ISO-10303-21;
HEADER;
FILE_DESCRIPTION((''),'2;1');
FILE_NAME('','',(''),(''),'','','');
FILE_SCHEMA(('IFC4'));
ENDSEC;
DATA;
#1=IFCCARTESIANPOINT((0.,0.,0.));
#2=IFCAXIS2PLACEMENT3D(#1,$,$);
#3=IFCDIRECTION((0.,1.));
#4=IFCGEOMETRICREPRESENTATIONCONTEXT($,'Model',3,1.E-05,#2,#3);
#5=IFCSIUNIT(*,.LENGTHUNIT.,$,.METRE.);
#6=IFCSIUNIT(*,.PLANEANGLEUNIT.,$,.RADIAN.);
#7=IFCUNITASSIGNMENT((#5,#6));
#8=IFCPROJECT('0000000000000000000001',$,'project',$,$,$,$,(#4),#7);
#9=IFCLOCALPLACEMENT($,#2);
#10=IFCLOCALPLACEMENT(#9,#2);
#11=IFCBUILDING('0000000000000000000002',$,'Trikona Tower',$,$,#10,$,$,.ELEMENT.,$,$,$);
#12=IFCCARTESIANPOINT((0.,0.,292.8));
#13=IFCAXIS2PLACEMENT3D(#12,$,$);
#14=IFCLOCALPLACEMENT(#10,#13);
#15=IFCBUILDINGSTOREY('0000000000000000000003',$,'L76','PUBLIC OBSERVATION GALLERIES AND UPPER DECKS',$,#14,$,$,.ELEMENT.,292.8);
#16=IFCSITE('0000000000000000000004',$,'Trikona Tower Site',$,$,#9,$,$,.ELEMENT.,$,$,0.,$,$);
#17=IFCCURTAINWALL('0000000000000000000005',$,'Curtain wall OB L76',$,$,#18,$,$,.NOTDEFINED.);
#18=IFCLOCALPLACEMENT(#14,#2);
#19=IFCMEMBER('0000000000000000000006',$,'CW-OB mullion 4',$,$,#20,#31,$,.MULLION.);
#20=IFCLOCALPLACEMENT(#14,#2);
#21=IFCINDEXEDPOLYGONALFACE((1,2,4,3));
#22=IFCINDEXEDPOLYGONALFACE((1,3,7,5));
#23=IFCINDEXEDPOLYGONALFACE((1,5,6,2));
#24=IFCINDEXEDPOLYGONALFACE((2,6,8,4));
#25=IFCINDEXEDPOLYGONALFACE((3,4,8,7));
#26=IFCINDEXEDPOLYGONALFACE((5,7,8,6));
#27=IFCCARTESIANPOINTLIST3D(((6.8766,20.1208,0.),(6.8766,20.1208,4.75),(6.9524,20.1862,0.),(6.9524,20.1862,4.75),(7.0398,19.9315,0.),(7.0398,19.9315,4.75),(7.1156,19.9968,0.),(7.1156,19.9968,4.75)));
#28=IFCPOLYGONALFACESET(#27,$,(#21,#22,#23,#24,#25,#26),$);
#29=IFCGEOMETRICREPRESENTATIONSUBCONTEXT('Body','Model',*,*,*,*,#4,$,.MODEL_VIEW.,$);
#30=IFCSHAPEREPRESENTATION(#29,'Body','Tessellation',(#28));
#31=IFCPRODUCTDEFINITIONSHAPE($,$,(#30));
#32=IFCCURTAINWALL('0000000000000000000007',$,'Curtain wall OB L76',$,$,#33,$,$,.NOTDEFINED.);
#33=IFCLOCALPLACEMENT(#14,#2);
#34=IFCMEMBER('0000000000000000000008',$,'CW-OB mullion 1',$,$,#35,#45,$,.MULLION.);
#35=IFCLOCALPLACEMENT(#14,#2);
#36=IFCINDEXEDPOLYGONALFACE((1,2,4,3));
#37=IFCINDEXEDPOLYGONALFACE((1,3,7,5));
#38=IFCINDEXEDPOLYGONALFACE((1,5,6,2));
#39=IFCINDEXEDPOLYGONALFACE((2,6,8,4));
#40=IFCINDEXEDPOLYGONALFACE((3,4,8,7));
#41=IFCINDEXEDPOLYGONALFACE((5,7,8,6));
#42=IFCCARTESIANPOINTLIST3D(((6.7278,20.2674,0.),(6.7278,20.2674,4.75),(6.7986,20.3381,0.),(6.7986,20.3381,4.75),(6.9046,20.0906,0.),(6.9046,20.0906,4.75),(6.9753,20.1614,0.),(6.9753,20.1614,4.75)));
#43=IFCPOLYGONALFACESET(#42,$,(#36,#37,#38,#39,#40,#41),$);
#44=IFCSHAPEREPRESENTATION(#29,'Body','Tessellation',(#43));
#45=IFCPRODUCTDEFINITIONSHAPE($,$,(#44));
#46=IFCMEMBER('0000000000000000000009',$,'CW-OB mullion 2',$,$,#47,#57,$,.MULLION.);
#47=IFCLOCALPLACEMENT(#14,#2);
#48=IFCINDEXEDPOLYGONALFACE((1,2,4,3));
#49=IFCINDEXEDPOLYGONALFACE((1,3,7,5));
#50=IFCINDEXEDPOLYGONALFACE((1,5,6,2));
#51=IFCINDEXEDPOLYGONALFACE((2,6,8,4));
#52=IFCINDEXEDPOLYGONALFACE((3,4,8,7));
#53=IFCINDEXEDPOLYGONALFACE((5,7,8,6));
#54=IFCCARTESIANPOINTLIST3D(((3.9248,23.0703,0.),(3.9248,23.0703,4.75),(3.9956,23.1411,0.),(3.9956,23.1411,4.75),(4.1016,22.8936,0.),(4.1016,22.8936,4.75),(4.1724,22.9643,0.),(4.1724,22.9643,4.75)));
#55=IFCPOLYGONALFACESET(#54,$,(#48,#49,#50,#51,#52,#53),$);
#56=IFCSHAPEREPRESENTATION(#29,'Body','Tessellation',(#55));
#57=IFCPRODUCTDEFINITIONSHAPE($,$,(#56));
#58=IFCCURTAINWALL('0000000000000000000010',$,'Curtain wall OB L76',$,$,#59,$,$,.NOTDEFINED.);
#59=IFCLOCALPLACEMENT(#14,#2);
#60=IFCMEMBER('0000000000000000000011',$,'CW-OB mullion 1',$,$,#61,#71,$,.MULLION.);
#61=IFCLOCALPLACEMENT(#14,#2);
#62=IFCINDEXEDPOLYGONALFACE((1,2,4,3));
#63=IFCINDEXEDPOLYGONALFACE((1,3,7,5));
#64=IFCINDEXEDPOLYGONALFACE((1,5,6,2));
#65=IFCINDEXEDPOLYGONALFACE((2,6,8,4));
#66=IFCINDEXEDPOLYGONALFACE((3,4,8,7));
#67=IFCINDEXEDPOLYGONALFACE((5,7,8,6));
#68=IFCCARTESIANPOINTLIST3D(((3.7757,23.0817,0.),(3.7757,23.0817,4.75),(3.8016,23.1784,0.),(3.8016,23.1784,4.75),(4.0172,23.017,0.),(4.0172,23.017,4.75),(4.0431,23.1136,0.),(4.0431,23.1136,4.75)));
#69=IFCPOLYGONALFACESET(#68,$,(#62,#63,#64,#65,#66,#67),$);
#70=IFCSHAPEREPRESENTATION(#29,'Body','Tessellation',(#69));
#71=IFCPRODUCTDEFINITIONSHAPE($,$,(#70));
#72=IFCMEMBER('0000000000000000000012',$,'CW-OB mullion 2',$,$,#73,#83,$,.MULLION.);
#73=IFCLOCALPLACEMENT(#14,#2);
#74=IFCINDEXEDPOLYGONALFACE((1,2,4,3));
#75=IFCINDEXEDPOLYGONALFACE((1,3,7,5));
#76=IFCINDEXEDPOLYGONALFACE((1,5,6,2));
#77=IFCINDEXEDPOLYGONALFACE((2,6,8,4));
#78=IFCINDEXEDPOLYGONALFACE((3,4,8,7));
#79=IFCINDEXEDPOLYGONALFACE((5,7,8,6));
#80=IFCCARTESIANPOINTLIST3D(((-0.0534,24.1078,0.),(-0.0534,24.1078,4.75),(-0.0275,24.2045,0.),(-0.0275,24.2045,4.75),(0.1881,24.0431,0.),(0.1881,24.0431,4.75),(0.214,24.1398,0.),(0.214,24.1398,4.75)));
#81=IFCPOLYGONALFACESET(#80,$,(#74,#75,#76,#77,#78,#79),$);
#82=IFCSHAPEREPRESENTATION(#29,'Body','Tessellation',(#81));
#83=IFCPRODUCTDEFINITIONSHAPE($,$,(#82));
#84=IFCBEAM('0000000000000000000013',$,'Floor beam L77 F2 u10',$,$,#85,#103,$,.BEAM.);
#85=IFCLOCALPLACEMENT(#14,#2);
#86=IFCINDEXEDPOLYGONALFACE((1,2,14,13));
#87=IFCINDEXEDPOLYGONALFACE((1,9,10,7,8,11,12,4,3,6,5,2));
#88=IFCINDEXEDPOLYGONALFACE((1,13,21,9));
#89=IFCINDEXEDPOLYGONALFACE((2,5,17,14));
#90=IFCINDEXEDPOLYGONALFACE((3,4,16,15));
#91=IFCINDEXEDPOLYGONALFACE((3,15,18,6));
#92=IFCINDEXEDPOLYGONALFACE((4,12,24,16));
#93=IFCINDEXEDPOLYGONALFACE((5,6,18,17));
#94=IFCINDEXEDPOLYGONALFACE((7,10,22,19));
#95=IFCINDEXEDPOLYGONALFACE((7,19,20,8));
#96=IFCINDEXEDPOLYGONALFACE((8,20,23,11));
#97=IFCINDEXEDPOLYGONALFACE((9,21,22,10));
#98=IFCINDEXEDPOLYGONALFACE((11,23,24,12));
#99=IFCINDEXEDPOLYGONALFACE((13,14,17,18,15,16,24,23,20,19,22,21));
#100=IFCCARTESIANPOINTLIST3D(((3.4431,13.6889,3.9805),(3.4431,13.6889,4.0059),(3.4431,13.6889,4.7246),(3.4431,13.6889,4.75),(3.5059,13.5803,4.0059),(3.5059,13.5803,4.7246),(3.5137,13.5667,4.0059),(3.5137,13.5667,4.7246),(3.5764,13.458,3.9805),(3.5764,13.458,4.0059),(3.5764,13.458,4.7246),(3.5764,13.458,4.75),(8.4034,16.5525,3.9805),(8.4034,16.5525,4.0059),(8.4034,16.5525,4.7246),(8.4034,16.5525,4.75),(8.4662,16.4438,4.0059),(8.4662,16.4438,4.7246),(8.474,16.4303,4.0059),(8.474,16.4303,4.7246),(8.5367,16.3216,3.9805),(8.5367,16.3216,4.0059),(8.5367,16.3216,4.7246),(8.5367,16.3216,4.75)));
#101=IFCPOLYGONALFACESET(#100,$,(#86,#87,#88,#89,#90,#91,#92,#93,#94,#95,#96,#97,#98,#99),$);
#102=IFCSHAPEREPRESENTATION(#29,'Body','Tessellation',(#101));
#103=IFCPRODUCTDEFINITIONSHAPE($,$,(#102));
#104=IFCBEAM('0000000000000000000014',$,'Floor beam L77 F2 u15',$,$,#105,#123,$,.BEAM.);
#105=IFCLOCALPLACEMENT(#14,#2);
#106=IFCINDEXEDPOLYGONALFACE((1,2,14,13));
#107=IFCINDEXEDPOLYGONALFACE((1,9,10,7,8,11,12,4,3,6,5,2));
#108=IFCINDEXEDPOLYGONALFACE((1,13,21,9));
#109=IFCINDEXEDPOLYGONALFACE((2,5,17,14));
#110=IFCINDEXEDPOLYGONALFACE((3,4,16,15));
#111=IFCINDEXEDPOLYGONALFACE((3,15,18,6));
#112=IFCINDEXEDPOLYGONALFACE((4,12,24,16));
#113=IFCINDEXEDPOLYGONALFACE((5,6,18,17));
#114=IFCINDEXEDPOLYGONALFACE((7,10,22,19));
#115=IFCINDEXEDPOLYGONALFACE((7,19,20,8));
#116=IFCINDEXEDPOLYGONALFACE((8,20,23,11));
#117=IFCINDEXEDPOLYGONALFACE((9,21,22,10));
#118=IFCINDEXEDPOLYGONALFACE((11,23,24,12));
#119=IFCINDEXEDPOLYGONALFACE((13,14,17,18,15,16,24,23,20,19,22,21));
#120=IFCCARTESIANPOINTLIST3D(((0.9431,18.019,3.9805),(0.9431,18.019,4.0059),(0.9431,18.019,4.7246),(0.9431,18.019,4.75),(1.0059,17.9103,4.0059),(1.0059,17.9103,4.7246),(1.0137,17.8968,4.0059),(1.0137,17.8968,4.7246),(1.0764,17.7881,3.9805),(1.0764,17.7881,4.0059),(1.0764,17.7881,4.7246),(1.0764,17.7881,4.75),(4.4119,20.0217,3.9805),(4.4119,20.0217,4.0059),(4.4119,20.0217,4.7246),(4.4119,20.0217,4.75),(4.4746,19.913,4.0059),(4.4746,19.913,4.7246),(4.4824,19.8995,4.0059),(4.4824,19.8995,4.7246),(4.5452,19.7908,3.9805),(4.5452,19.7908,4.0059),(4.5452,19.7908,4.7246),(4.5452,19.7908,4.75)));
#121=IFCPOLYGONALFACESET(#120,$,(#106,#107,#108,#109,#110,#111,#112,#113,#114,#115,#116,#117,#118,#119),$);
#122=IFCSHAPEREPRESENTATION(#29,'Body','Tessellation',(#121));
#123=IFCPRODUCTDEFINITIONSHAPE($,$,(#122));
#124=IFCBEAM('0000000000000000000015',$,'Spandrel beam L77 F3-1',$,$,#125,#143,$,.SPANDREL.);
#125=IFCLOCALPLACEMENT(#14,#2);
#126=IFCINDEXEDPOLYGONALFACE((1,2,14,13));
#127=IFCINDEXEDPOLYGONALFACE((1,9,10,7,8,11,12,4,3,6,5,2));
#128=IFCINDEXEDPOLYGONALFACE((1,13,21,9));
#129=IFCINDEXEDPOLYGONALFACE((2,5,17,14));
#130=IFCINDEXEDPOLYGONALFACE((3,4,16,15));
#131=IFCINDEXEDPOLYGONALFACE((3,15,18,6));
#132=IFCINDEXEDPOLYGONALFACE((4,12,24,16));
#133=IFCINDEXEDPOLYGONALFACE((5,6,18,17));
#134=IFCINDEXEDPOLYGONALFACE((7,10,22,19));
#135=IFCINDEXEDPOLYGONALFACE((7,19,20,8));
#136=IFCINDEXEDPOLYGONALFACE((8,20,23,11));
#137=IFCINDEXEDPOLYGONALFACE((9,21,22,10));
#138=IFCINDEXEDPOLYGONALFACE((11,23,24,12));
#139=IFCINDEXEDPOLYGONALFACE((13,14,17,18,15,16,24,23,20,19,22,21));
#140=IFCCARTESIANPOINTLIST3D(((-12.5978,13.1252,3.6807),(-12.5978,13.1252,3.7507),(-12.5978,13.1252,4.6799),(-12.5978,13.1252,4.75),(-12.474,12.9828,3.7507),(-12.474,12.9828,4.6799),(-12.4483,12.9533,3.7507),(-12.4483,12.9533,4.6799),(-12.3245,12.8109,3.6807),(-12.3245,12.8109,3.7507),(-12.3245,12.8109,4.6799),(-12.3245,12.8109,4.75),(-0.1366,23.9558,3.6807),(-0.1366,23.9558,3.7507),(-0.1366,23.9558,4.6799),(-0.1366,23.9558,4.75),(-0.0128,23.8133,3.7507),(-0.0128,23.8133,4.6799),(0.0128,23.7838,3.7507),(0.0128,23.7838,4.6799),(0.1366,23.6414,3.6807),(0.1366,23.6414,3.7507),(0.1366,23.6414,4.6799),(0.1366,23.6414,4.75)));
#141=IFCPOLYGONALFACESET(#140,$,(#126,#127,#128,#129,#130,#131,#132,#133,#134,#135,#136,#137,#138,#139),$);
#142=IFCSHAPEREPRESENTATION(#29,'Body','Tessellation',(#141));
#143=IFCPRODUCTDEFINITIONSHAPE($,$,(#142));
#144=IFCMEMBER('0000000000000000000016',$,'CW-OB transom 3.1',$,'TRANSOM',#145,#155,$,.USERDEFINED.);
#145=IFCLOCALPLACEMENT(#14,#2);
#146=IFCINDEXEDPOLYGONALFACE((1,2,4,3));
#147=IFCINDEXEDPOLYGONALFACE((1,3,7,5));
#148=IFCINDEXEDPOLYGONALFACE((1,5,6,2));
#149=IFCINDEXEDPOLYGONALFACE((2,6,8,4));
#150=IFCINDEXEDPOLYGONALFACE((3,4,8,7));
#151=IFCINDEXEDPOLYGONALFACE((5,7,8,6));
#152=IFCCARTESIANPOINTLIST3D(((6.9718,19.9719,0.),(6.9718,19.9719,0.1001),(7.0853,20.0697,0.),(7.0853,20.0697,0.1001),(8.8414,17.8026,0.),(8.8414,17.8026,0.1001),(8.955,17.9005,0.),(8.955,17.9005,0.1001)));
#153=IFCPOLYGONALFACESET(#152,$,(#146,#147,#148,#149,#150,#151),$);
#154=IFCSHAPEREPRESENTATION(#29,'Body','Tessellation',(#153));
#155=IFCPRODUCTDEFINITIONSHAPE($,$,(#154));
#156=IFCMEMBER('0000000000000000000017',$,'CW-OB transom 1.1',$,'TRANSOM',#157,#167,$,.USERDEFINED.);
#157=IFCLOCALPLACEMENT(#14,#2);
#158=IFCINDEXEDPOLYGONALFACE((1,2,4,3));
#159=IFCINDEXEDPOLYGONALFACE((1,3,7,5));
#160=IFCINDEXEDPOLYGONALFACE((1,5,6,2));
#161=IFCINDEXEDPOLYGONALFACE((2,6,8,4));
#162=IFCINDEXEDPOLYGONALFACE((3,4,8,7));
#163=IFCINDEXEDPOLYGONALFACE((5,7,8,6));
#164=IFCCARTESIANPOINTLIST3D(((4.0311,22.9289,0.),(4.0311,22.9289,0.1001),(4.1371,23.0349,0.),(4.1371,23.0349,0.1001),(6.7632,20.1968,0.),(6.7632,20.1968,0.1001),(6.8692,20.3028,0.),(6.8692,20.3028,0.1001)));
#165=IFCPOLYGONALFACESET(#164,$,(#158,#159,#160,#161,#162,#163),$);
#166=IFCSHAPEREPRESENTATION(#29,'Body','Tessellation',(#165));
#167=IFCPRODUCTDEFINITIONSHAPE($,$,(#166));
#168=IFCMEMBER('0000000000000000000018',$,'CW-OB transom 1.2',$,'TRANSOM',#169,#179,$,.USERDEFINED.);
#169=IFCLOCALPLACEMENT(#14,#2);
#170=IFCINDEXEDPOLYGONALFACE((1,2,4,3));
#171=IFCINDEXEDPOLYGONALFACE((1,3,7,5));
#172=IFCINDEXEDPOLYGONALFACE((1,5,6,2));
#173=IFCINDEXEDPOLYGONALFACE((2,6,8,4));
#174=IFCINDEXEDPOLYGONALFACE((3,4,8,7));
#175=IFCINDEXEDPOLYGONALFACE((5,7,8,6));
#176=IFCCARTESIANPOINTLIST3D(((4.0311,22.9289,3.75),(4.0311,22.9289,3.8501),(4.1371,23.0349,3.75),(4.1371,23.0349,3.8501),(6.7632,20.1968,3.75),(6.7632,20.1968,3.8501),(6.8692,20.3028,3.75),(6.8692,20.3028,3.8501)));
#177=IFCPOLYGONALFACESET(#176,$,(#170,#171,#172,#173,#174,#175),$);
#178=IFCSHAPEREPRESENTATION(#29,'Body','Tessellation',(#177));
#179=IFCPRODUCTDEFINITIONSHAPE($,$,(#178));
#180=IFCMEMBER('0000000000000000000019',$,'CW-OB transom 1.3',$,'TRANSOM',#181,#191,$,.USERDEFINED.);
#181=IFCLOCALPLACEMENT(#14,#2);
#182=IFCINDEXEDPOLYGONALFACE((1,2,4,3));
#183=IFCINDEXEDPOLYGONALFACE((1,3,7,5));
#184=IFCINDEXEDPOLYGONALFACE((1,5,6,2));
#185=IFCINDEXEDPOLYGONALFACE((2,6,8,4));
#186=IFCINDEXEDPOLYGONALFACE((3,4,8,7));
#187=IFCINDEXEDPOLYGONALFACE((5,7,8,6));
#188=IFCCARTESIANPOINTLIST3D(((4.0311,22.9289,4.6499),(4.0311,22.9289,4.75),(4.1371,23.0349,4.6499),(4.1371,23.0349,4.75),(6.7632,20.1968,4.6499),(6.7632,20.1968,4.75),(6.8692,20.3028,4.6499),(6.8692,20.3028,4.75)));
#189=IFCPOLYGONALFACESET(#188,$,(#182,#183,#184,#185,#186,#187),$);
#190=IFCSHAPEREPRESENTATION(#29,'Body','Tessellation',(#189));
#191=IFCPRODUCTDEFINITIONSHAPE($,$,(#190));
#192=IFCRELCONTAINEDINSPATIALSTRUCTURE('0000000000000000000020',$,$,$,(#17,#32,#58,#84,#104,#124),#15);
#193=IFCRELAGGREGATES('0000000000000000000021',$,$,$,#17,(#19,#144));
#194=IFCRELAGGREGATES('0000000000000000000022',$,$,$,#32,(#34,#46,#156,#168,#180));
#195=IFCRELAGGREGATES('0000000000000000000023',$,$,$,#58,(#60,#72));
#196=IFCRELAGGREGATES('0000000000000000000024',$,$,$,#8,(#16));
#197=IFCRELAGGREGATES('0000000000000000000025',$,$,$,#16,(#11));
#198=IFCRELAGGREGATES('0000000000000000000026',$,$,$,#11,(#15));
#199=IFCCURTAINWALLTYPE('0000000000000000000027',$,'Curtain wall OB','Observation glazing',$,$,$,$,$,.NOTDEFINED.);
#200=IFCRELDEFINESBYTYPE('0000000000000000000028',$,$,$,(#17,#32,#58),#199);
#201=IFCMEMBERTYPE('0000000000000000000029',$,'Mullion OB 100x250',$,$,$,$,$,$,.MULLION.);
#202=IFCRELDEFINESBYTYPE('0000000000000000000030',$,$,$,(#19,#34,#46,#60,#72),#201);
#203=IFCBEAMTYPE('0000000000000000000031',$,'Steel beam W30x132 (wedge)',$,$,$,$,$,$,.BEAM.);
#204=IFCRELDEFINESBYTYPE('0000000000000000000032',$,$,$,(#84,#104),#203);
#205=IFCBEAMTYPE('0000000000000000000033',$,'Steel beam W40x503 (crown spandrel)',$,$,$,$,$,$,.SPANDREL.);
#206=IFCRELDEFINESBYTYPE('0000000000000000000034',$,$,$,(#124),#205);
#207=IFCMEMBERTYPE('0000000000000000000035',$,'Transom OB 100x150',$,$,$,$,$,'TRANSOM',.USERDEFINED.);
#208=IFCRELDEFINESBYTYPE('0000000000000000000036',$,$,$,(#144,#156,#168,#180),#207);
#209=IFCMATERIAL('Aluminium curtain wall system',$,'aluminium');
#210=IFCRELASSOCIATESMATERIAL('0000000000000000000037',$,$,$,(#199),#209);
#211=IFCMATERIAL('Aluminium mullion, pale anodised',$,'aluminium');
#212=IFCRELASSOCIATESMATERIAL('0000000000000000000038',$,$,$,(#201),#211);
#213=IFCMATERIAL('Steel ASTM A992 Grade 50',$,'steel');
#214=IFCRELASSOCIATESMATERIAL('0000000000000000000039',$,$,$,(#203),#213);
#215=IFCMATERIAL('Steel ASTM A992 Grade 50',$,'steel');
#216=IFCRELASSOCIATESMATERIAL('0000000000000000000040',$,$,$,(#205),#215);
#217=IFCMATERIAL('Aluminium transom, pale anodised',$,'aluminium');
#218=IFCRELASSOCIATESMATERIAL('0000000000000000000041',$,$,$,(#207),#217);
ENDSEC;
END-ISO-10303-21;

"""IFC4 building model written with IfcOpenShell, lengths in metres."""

from ifc_helpers import new_model, si_unit, direction, frame, origin, origin_2d, place, context, subcontext, project, spatial, rectangle, i_section, extrude, material, material_profile, profile_set, type_object, element, aggregate, save


model = new_model("IFC4")

# Units and contexts
model_context = context("Model", 3, precision=1e-05, world=origin(), true_north=direction((0.0, 1.0)))
body_context = subcontext(model_context, "Body", "Model", "MODEL_VIEW")
ifc_project = project(units=[si_unit("LENGTHUNIT", "METRE"), si_unit("PLANEANGLEUNIT", "RADIAN")], contexts=[model_context])

# Site, building, storey
site_placement = place(None, origin())
site = spatial("IfcSite", under=ifc_project, at=site_placement, Name="Trikona Tower Site", CompositionType="ELEMENT", RefElevation=0.0)
building_placement = place(site_placement, origin())
building = spatial("IfcBuilding", under=site, at=building_placement, Name="Trikona Tower", CompositionType="ELEMENT")
storey_placement = place(building_placement, frame((0.0, 0.0, 292.8)))
storey = spatial("IfcBuildingStorey", under=building, at=storey_placement, Name="L76", Description="PUBLIC OBSERVATION GALLERIES AND UPPER DECKS", CompositionType="ELEMENT", Elevation=292.8)

# Curtain wall, member
ifc_material_1 = material(Name="Aluminium curtain wall system", Category="aluminium")
curtain_wall_type = type_object("IfcCurtainWallType", Name="Curtain wall OB", Description="Observation glazing", PredefinedType="NOTDEFINED", material=ifc_material_1)
curtain_wall_1_placement = place(storey_placement, origin())
curtain_wall_1 = element("IfcCurtainWall", 1, at=curtain_wall_1_placement, inside=storey, type_object=curtain_wall_type, Name="Curtain wall OB L76", PredefinedType="NOTDEFINED")
ifc_material_2 = material(Name="Aluminium mullion, pale anodised", Category="aluminium")
ifc_material_profile_1 = material_profile(ifc_material_2, rectangle(XDim=0.1001, YDim=0.25, at=origin_2d()), Name="MUL-OB")
ifc_profile_set_1 = profile_set([ifc_material_profile_1], Name="Aluminium mullion, pale anodised")
member_type_1 = type_object("IfcMemberType", Name="Mullion OB 100x250", PredefinedType="MULLION", material=ifc_profile_set_1)
member_1_placement = place(storey_placement, frame((6.9961, 20.0588, 0.0), z_axis=(0.0, 0.0, 1.0), x_axis=(-0.757475, -0.652864, 0.0)))
member_1 = element("IfcMember", 2, at=member_1_placement, type_object=member_type_1, Name="CW-OB mullion 4", PredefinedType="MULLION", context=body_context, shape_type="SweptSolid", body=[
    extrude(rectangle(XDim=0.1001, YDim=0.25, at=origin_2d()), origin(), (0.0, 0.0, 1.0), 4.75),
])

# Curtain walls, members
curtain_wall_2_placement = place(storey_placement, origin())
curtain_wall_2 = element("IfcCurtainWall", 3, at=curtain_wall_2_placement, inside=storey, type_object=curtain_wall_type, Name="Curtain wall OB L76", PredefinedType="NOTDEFINED")
member_2_placement = place(storey_placement, frame((6.8516, 20.2144, 0.0), z_axis=(0.0, 0.0, 1.0), x_axis=(-0.707107, -0.707107, 0.0)))
member_2 = element("IfcMember", 4, at=member_2_placement, type_object=member_type_1, Name="CW-OB mullion 1", PredefinedType="MULLION", context=body_context, shape_type="SweptSolid", body=[
    extrude(rectangle(XDim=0.1001, YDim=0.25, at=origin_2d()), origin(), (0.0, 0.0, 1.0), 4.75),
])
member_3_placement = place(storey_placement, frame((4.0486, 23.0173, 0.0), z_axis=(0.0, 0.0, 1.0), x_axis=(-0.707107, -0.707107, 0.0)))
member_3 = element("IfcMember", 5, at=member_3_placement, type_object=member_type_1, Name="CW-OB mullion 2", PredefinedType="MULLION", context=body_context, shape_type="SweptSolid", body=[
    extrude(rectangle(XDim=0.1001, YDim=0.25, at=origin_2d()), origin(), (0.0, 0.0, 1.0), 4.75),
])
curtain_wall_3_placement = place(storey_placement, origin())
curtain_wall_3 = element("IfcCurtainWall", 6, at=curtain_wall_3_placement, inside=storey, type_object=curtain_wall_type, Name="Curtain wall OB L76", PredefinedType="NOTDEFINED")
member_4_placement = place(storey_placement, frame((3.9094, 23.0977, 0.0), z_axis=(0.0, 0.0, 1.0), x_axis=(-0.258828, -0.965923, 0.0)))
member_4 = element("IfcMember", 7, at=member_4_placement, type_object=member_type_1, Name="CW-OB mullion 1", PredefinedType="MULLION", context=body_context, shape_type="SweptSolid", body=[
    extrude(rectangle(XDim=0.1001, YDim=0.25, at=origin_2d()), origin(), (0.0, 0.0, 1.0), 4.75),
])
member_5_placement = place(storey_placement, frame((0.0803, 24.1238, 0.0), z_axis=(0.0, 0.0, 1.0), x_axis=(-0.258828, -0.965923, 0.0)))
member_5 = element("IfcMember", 8, at=member_5_placement, type_object=member_type_1, Name="CW-OB mullion 2", PredefinedType="MULLION", context=body_context, shape_type="SweptSolid", body=[
    extrude(rectangle(XDim=0.1001, YDim=0.25, at=origin_2d()), origin(), (0.0, 0.0, 1.0), 4.75),
])

# Beams
ifc_material_3 = material(Name="Steel ASTM A992 Grade 50", Category="steel")
ifc_material_profile_2 = material_profile(ifc_material_3, i_section(OverallWidth=0.2666, OverallDepth=0.7695, WebThickness=0.0156, FlangeThickness=0.0254, at=origin_2d()), Name="W30X132")
ifc_profile_set_2 = profile_set([ifc_material_profile_2], Name="Steel ASTM A992 Grade 50")
beam_type_1 = type_object("IfcBeamType", Name="Steel beam W30x132 (wedge)", PredefinedType="BEAM", material=ifc_profile_set_2)
beam_1_placement = place(storey_placement, frame((3.5098, 13.5735, 4.3652), z_axis=(0.866044, 0.499967, 0.0), x_axis=(-0.499967, 0.866044, 0.0)))
element("IfcBeam", 9, at=beam_1_placement, inside=storey, type_object=beam_type_1, Name="Floor beam L77 F2 u10", PredefinedType="BEAM", context=body_context, shape_type="SweptSolid", body=[
    extrude(i_section(OverallWidth=0.2666, OverallDepth=0.7695, WebThickness=0.0156, FlangeThickness=0.0254, at=origin_2d()), origin(), (0.0, 0.0, 1.0), 5.7275),
])
beam_2_placement = place(storey_placement, frame((1.0098, 17.9036, 4.3652), z_axis=(0.866025, 0.5, 0.0), x_axis=(-0.5, 0.866025, 0.0)))
element("IfcBeam", 10, at=beam_2_placement, inside=storey, type_object=beam_type_1, Name="Floor beam L77 F2 u15", PredefinedType="BEAM", context=body_context, shape_type="SweptSolid", body=[
    extrude(i_section(OverallWidth=0.2666, OverallDepth=0.7695, WebThickness=0.0156, FlangeThickness=0.0254, at=origin_2d()), origin(), (0.0, 0.0, 1.0), 4.0054),
])
ifc_material_4 = material(Name="Steel ASTM A992 Grade 50", Category="steel")
ifc_material_profile_3 = material_profile(ifc_material_4, i_section(OverallWidth=0.4165, OverallDepth=1.0693, WebThickness=0.0391, FlangeThickness=0.0701, at=origin_2d()), Name="W40X503")
ifc_profile_set_3 = profile_set([ifc_material_profile_3], Name="Steel ASTM A992 Grade 50")
beam_type_2 = type_object("IfcBeamType", Name="Steel beam W40x503 (crown spandrel)", PredefinedType="SPANDREL", material=ifc_profile_set_3)
beam_3_placement = place(storey_placement, frame((0.0, 23.7986, 4.2153), z_axis=(-0.754763, -0.655998, 0.0), x_axis=(0.655998, -0.754763, 0.0)))
element("IfcBeam", 11, at=beam_3_placement, inside=storey, type_object=beam_type_2, Name="Spandrel beam L77 F3-1", PredefinedType="SPANDREL", context=body_context, shape_type="SweptSolid", body=[
    extrude(i_section(OverallWidth=0.4165, OverallDepth=1.0693, WebThickness=0.0391, FlangeThickness=0.0701, at=origin_2d()), origin(), (0.0, 0.0, 1.0), 16.51),
])

# Members
ifc_material_5 = material(Name="Aluminium transom, pale anodised", Category="aluminium")
ifc_material_profile_4 = material_profile(ifc_material_5, rectangle(XDim=0.1499, YDim=0.1001, at=origin_2d()), Name="TRN-OB")
ifc_profile_set_4 = profile_set([ifc_material_profile_4], Name="Aluminium transom, pale anodised")
member_type_2 = type_object("IfcMemberType", Name="Transom OB 100x150", ElementType="TRANSOM", PredefinedType="USERDEFINED", material=ifc_profile_set_4)
member_6_placement = place(storey_placement, frame((8.8982, 17.8516, 0.05), z_axis=(-0.652867, 0.757472, 0.0), x_axis=(-0.757472, -0.652867, 0.0)))
member_6 = element("IfcMember", 12, at=member_6_placement, type_object=member_type_2, Name="CW-OB transom 3.1", ObjectType="TRANSOM", PredefinedType="USERDEFINED", context=body_context, shape_type="SweptSolid", body=[
    extrude(rectangle(XDim=0.1499, YDim=0.1001, at=origin_2d()), origin(), (0.0, 0.0, 1.0), 2.8638),
])
member_7_placement = place(storey_placement, frame((6.8162, 20.2498, 0.05), z_axis=(-0.707107, 0.707107, 0.0), x_axis=(-0.707107, -0.707107, 0.0)))
member_7 = element("IfcMember", 13, at=member_7_placement, type_object=member_type_2, Name="CW-OB transom 1.1", ObjectType="TRANSOM", PredefinedType="USERDEFINED", context=body_context, shape_type="SweptSolid", body=[
    extrude(rectangle(XDim=0.1499, YDim=0.1001, at=origin_2d()), origin(), (0.0, 0.0, 1.0), 3.8638),
])
member_8_placement = place(storey_placement, frame((6.8162, 20.2498, 3.8), z_axis=(-0.707107, 0.707107, 0.0), x_axis=(-0.707107, -0.707107, 0.0)))
member_8 = element("IfcMember", 14, at=member_8_placement, type_object=member_type_2, Name="CW-OB transom 1.2", ObjectType="TRANSOM", PredefinedType="USERDEFINED", context=body_context, shape_type="SweptSolid", body=[
    extrude(rectangle(XDim=0.1499, YDim=0.1001, at=origin_2d()), origin(), (0.0, 0.0, 1.0), 3.8638),
])
member_9_placement = place(storey_placement, frame((6.8162, 20.2498, 4.7), z_axis=(-0.707107, 0.707107, 0.0), x_axis=(-0.707107, -0.707107, 0.0)))
member_9 = element("IfcMember", 15, at=member_9_placement, type_object=member_type_2, Name="CW-OB transom 1.3", ObjectType="TRANSOM", PredefinedType="USERDEFINED", context=body_context, shape_type="SweptSolid", body=[
    extrude(rectangle(XDim=0.1499, YDim=0.1001, at=origin_2d()), origin(), (0.0, 0.0, 1.0), 3.8638),
])

aggregate(curtain_wall_1, [member_1, member_6])
aggregate(curtain_wall_2, [member_2, member_3, member_7, member_8, member_9])
aggregate(curtain_wall_3, [member_4, member_5])

save(model, "model.ifc")
